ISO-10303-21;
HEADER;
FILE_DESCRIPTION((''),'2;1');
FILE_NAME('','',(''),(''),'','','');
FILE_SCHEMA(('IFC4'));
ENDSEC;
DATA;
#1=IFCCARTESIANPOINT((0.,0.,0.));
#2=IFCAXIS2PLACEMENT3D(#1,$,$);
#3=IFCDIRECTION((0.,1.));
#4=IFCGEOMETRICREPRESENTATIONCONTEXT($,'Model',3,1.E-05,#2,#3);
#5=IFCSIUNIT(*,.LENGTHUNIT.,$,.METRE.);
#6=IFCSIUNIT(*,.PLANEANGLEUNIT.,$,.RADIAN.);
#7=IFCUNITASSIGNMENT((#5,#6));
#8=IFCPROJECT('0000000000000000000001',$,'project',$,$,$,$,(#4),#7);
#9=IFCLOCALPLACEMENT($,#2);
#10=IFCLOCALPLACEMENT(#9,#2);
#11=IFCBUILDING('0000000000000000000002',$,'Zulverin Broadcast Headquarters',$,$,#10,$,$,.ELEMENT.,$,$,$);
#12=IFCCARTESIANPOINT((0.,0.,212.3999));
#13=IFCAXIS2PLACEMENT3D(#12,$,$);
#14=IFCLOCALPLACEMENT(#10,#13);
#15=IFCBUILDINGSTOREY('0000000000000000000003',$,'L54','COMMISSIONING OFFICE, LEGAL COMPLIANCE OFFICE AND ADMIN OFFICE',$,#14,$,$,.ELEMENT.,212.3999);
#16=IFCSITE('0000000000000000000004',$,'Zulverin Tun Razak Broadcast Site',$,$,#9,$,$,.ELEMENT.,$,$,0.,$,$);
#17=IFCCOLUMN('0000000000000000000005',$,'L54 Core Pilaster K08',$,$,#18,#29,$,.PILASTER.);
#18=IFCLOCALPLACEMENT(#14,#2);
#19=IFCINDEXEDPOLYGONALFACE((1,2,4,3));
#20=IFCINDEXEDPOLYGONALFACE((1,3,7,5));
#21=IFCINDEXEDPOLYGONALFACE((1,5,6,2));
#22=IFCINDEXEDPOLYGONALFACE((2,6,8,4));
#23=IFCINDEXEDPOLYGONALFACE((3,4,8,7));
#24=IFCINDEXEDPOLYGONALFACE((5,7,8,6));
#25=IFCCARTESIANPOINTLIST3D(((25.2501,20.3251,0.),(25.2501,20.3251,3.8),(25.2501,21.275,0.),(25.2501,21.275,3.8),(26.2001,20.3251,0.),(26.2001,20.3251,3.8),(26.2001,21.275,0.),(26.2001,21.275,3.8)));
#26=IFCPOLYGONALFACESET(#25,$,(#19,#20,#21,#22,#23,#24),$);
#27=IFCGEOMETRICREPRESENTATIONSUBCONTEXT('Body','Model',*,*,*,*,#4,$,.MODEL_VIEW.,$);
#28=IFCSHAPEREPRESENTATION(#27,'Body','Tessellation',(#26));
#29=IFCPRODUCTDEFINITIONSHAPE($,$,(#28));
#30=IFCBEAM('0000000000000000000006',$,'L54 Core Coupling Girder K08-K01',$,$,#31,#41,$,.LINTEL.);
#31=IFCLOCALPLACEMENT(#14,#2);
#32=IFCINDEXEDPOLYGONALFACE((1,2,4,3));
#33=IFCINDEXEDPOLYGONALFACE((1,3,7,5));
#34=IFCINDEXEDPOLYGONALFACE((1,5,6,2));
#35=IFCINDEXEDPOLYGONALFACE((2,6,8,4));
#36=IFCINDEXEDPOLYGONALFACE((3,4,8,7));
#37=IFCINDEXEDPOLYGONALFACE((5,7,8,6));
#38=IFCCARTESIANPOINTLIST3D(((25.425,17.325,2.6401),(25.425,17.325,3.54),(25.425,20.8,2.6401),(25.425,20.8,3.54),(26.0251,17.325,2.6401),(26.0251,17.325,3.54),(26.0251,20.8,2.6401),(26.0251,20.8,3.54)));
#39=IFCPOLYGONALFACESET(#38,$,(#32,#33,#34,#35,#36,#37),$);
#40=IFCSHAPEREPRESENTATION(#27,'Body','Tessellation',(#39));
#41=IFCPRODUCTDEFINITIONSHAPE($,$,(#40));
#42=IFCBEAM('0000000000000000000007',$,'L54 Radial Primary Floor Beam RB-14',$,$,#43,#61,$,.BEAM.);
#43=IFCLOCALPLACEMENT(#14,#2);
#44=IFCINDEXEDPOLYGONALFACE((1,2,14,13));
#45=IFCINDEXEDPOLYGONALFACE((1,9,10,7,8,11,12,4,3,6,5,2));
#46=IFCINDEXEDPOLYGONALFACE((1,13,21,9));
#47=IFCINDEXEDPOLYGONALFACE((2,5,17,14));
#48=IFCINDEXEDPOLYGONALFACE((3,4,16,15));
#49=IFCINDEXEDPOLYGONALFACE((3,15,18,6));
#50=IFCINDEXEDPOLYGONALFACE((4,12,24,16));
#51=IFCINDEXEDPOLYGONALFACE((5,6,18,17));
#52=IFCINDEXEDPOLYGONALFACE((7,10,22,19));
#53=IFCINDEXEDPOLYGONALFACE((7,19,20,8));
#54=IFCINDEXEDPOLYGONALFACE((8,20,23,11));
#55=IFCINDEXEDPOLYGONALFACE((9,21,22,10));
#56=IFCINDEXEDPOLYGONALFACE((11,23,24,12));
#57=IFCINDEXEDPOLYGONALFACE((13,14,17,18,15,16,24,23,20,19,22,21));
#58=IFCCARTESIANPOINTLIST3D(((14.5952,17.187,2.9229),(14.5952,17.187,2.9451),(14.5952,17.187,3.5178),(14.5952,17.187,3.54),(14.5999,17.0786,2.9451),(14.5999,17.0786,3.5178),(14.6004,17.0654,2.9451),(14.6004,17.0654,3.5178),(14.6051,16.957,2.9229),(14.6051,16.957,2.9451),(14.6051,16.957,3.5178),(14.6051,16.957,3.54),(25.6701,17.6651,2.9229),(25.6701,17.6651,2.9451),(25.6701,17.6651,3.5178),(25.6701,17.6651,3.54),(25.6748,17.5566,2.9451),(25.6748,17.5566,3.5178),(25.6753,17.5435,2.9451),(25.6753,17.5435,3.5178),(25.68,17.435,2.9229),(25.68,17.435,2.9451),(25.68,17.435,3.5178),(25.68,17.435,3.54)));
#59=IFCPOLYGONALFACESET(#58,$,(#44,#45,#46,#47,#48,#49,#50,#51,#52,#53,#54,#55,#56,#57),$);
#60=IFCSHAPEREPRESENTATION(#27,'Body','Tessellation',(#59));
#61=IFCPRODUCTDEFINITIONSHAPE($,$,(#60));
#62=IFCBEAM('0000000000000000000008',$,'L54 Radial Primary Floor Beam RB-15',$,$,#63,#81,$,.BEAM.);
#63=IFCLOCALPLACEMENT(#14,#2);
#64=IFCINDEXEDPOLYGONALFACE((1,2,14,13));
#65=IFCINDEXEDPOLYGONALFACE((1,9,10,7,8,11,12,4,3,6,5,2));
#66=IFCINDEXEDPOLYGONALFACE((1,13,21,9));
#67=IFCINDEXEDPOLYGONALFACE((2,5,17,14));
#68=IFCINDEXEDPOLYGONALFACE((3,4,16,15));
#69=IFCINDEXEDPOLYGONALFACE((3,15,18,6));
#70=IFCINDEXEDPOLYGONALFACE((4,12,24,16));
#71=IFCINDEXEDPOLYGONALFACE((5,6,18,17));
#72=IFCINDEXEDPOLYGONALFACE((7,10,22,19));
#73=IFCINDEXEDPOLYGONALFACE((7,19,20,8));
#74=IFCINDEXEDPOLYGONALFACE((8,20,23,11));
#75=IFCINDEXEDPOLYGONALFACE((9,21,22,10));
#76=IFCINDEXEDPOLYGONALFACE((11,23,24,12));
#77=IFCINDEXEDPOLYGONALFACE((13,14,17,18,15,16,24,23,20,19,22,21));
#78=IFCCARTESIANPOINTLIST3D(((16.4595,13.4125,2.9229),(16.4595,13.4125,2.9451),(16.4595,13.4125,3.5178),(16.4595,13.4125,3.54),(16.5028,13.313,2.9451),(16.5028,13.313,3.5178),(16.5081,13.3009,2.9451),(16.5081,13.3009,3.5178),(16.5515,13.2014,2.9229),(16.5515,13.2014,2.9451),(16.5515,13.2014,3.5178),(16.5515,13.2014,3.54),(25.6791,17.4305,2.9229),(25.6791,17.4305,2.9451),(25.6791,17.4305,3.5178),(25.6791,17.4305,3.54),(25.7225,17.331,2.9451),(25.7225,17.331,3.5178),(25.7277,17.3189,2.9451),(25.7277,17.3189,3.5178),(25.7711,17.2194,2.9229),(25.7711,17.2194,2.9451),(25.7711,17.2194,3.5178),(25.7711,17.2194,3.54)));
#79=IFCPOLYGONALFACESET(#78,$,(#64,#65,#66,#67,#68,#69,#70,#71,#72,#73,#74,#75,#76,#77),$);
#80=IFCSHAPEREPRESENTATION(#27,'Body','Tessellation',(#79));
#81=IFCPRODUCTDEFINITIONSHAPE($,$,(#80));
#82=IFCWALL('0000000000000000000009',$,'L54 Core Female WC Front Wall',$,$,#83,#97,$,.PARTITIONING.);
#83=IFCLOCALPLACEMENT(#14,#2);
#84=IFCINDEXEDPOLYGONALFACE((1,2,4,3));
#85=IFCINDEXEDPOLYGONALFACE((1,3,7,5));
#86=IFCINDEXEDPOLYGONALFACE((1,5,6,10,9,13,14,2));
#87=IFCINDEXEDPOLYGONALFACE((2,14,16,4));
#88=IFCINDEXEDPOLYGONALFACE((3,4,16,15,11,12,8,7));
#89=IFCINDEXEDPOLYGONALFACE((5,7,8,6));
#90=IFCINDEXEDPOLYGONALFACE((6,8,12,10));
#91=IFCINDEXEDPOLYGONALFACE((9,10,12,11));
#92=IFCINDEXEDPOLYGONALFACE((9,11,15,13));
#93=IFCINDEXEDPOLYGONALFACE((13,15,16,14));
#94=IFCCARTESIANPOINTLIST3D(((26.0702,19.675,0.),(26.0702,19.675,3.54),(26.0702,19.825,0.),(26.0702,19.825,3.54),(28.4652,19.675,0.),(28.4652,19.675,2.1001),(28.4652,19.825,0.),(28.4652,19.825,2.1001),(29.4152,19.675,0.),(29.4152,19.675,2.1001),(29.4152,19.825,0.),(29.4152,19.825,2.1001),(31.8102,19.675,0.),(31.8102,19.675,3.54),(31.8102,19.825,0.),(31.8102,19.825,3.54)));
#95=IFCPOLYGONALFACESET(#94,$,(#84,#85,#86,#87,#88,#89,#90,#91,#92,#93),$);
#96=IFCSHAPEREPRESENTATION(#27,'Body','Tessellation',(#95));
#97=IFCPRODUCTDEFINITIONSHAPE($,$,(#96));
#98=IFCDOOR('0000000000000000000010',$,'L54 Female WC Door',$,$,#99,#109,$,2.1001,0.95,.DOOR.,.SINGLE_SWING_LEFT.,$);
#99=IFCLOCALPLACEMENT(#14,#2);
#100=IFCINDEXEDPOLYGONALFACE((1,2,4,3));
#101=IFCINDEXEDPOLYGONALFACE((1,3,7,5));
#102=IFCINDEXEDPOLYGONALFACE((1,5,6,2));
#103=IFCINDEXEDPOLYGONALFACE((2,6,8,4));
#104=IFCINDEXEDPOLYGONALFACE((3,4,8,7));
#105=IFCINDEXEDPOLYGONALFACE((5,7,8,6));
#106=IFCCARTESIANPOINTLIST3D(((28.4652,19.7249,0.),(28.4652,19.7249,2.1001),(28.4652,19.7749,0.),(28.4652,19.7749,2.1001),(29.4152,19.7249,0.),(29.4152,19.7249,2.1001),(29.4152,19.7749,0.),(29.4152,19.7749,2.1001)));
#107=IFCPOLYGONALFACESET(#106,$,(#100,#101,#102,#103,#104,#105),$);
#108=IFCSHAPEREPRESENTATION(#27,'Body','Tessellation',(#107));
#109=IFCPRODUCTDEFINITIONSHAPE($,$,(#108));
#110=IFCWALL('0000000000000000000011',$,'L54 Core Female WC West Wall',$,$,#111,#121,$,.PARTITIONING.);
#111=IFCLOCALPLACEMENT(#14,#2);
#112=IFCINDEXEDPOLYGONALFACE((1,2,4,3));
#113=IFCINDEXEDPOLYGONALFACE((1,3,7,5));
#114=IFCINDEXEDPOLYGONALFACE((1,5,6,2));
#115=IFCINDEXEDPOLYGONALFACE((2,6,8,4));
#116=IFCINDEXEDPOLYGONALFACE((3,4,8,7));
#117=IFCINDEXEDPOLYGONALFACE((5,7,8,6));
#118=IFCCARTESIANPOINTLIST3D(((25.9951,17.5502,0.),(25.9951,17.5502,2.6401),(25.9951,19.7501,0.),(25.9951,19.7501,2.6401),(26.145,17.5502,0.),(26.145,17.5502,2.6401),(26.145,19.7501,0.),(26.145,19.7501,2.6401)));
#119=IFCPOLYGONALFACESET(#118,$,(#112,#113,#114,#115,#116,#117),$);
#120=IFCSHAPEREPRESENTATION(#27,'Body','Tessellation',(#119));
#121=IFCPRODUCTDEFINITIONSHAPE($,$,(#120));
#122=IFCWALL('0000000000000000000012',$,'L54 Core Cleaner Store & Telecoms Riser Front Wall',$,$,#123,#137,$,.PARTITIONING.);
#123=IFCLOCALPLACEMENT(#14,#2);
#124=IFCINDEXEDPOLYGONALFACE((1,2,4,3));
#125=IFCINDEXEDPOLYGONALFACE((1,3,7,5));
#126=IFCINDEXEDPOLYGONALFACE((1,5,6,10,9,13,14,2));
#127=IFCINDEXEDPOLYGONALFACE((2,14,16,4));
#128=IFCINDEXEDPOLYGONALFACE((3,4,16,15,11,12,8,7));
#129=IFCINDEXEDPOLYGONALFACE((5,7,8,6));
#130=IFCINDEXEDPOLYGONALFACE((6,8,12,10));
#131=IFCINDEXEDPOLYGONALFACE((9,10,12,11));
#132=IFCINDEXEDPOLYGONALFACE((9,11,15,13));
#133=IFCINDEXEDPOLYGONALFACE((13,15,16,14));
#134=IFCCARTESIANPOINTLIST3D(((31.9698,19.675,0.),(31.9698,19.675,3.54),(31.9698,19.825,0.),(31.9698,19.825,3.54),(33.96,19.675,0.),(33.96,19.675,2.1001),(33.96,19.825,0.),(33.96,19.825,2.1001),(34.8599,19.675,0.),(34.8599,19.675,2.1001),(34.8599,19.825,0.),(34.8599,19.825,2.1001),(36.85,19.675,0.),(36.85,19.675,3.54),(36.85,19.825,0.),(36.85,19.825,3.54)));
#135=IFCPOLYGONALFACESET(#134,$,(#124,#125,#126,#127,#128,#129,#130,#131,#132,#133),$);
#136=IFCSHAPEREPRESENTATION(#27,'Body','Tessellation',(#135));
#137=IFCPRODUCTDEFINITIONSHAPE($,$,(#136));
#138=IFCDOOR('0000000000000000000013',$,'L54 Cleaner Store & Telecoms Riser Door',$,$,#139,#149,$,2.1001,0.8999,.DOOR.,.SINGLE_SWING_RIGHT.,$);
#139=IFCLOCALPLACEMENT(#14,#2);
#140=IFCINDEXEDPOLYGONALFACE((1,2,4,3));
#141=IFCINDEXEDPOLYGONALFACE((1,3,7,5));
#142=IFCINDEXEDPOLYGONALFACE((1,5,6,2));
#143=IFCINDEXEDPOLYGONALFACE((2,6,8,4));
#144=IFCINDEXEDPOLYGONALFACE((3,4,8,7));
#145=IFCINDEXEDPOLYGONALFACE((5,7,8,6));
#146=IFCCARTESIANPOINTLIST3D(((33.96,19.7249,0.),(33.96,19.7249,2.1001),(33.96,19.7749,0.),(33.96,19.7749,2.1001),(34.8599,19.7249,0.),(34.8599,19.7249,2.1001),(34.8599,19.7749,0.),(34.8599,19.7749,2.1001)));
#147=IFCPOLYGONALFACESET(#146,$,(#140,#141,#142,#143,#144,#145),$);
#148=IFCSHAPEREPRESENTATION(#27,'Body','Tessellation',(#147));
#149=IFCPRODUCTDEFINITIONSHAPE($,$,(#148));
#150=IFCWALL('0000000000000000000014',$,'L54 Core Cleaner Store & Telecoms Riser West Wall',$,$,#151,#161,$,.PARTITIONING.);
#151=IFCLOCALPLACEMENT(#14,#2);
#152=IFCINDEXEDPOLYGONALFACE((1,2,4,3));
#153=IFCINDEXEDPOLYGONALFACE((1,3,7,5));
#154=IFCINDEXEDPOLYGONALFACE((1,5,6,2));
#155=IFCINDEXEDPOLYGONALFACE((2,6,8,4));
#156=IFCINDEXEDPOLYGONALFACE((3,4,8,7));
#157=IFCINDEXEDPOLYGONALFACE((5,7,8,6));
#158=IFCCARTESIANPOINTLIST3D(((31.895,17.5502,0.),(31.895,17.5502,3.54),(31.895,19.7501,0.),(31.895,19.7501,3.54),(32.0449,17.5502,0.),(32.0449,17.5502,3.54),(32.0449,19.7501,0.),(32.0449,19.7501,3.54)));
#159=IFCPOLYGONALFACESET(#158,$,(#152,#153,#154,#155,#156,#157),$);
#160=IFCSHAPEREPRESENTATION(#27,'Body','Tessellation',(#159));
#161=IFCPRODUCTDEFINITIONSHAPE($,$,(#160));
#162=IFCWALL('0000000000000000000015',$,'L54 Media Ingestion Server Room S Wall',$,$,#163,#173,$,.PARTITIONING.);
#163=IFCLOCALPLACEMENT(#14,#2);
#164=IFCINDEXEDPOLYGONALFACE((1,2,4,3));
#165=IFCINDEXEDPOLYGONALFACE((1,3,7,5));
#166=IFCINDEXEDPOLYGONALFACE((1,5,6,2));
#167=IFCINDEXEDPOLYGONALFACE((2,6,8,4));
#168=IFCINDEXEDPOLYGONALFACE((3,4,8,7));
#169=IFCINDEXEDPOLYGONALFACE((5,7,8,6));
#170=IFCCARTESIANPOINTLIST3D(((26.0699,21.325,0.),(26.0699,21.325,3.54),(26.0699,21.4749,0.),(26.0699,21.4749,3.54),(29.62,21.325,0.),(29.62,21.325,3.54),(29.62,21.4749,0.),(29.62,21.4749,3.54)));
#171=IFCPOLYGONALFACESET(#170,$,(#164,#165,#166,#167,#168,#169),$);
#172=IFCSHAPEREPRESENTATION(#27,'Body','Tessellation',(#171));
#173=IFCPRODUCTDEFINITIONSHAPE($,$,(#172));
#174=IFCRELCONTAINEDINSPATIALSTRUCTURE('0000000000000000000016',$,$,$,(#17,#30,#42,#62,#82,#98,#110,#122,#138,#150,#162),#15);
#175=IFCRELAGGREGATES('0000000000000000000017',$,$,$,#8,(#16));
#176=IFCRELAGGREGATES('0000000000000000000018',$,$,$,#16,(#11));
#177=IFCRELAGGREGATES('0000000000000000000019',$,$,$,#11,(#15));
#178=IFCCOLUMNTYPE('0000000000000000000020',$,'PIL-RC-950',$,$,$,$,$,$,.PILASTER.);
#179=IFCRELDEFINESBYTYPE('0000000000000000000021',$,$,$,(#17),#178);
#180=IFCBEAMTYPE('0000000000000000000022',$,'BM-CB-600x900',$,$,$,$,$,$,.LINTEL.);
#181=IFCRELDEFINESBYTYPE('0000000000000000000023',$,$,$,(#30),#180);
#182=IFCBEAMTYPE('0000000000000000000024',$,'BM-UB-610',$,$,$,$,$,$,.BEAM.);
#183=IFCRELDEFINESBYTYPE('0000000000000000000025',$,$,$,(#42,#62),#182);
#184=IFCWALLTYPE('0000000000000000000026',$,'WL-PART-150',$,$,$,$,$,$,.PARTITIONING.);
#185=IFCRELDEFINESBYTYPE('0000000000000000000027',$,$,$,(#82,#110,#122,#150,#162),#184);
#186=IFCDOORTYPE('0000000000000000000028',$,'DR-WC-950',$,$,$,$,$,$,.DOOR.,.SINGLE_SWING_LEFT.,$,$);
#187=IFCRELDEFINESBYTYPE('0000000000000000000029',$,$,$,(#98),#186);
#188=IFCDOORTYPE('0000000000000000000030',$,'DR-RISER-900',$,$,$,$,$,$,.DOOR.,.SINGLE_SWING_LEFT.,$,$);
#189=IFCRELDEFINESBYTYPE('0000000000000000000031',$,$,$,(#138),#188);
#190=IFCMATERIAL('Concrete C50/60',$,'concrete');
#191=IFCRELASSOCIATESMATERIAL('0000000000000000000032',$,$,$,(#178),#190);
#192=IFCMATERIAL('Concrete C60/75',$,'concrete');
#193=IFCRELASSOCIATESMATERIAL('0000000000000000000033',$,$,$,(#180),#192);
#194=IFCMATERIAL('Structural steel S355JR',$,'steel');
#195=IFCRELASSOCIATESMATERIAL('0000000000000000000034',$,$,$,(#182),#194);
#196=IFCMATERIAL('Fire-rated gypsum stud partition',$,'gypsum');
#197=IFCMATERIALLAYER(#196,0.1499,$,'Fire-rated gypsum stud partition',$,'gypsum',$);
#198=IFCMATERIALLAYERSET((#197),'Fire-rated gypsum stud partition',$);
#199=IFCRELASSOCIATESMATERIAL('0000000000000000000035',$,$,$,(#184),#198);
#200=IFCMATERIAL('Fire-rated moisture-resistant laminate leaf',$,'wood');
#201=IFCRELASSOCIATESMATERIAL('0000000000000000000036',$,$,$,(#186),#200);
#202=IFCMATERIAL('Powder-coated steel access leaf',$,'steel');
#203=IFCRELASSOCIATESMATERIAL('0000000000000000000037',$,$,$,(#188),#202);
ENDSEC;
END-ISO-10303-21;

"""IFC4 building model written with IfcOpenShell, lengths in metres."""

from ifc_helpers import new_model, si_unit, direction, frame, frame_2d, origin, origin_2d, place, context, subcontext, project, spatial, rectangle, i_section, extrude, material, layer, layer_set, material_profile, profile_set, type_object, element, fill, save


model = new_model("IFC4")

# Units and contexts
model_context = context("Model", 3, precision=1e-05, world=origin(), true_north=direction((0.0, 1.0)))
body_context = subcontext(model_context, "Body", "Model", "MODEL_VIEW")
ifc_project = project(units=[si_unit("LENGTHUNIT", "METRE"), si_unit("PLANEANGLEUNIT", "RADIAN")], contexts=[model_context])

# Site, building, storey
site_placement = place(None, origin())
site = spatial("IfcSite", under=ifc_project, at=site_placement, Name="Zulverin Tun Razak Broadcast Site", CompositionType="ELEMENT", RefElevation=0.0)
building_placement = place(site_placement, origin())
building = spatial("IfcBuilding", under=site, at=building_placement, Name="Zulverin Broadcast Headquarters", CompositionType="ELEMENT")
storey_placement = place(building_placement, frame((0.0, 0.0, 212.3999)))
storey = spatial("IfcBuildingStorey", under=building, at=storey_placement, Name="L54", Description="COMMISSIONING OFFICE, LEGAL COMPLIANCE OFFICE AND ADMIN OFFICE", CompositionType="ELEMENT", Elevation=212.3999)

# Column
ifc_material_1 = material(Name="Concrete C50/60", Category="concrete")
ifc_material_profile_1 = material_profile(ifc_material_1, rectangle(XDim=0.95, YDim=0.95, at=origin_2d()), Name="Concrete C50/60", Category="concrete")
ifc_profile_set_1 = profile_set([ifc_material_profile_1], Name="Concrete C50/60")
column_type = type_object("IfcColumnType", Name="PIL-RC-950", PredefinedType="PILASTER", material=ifc_profile_set_1)
column_placement = place(storey_placement, frame((25.7251, 20.8, 0.0), z_axis=(0.0, 0.0, 1.0), x_axis=(1.0, 0.0, 0.0)))
element("IfcColumn", 1, at=column_placement, inside=storey, type_object=column_type, Name="L54 Core Pilaster K08", PredefinedType="PILASTER", context=body_context, shape_type="SweptSolid", body=[
    extrude(rectangle(XDim=0.95, YDim=0.95, at=origin_2d()), origin(), (0.0, 0.0, 1.0), 3.8),
])

# Beams
ifc_material_2 = material(Name="Concrete C60/75", Category="concrete")
ifc_material_profile_2 = material_profile(ifc_material_2, rectangle(XDim=0.6001, YDim=0.8999, at=origin_2d()), Name="Concrete C60/75", Category="concrete")
ifc_profile_set_2 = profile_set([ifc_material_profile_2], Name="Concrete C60/75")
beam_type_1 = type_object("IfcBeamType", Name="BM-CB-600x900", PredefinedType="LINTEL", material=ifc_profile_set_2)
beam_1_placement = place(storey_placement, frame((25.7251, 20.8, 3.0901), z_axis=(0.0, -1.0, 0.0), x_axis=(1.0, 0.0, 0.0)))
element("IfcBeam", 2, at=beam_1_placement, inside=storey, type_object=beam_type_1, Name="L54 Core Coupling Girder K08-K01", PredefinedType="LINTEL", context=body_context, shape_type="SweptSolid", body=[
    extrude(rectangle(XDim=0.6001, YDim=0.8999, at=origin_2d()), origin(), (0.0, 0.0, 1.0), 3.4751),
])
ifc_material_3 = material(Name="Structural steel S355JR", Category="steel")
ifc_material_profile_3 = material_profile(ifc_material_3, i_section(OverallWidth=0.2302, OverallDepth=0.6172, WebThickness=0.0132, FlangeThickness=0.0222, at=origin_2d()), Name="Structural steel S355JR", Category="steel")
ifc_profile_set_3 = profile_set([ifc_material_profile_3], Name="Structural steel S355JR")
beam_type_2 = type_object("IfcBeamType", Name="BM-UB-610", PredefinedType="BEAM", material=ifc_profile_set_3)
beam_2_placement = place(storey_placement, frame((25.675, 17.55, 3.2314), z_axis=(-0.99907, -0.043123, 0.0), x_axis=(0.043123, -0.99907, 0.0)))
element("IfcBeam", 3, at=beam_2_placement, inside=storey, type_object=beam_type_2, Name="L54 Radial Primary Floor Beam RB-14", PredefinedType="BEAM", context=body_context, shape_type="SweptSolid", body=[
    extrude(i_section(OverallWidth=0.2302, OverallDepth=0.6172, WebThickness=0.0132, FlangeThickness=0.0222, at=origin_2d()), origin(), (0.0, 0.0, 1.0), 11.0852),
])
beam_3_placement = place(storey_placement, frame((25.7251, 17.325, 3.2314), z_axis=(-0.916725, -0.39952, 0.0), x_axis=(0.39952, -0.916725, 0.0)))
element("IfcBeam", 4, at=beam_3_placement, inside=storey, type_object=beam_type_2, Name="L54 Radial Primary Floor Beam RB-15", PredefinedType="BEAM", context=body_context, shape_type="SweptSolid", body=[
    extrude(i_section(OverallWidth=0.2302, OverallDepth=0.6172, WebThickness=0.0132, FlangeThickness=0.0222, at=origin_2d()), origin(), (0.0, 0.0, 1.0), 10.0571),
])

# Wall, opening, door
ifc_material_4 = material(Name="Fire-rated gypsum stud partition", Category="gypsum")
ifc_layer_1 = layer(ifc_material_4, 0.1499, Name="Fire-rated gypsum stud partition", Category="gypsum")
ifc_layer_set_1 = layer_set([ifc_layer_1], Name="Fire-rated gypsum stud partition")
wall_type_1 = type_object("IfcWallType", Name="WL-PART-150", PredefinedType="PARTITIONING", material=ifc_layer_set_1)
wall_1_placement = place(storey_placement, frame((26.0701, 19.75, 0.0), z_axis=(0.0, 0.0, 1.0), x_axis=(1.0, 0.0, 0.0)))
wall_1 = element("IfcWall", 5, at=wall_1_placement, inside=storey, type_object=wall_type_1, Name="L54 Core Female WC Front Wall", PredefinedType="PARTITIONING", context=body_context, shape_type="SweptSolid", body=[
    extrude(rectangle(XDim=5.74, YDim=0.1499, at=frame_2d((2.8701, 0.0))), origin(), (0.0, 0.0, 1.0), 3.54),
])
opening_1_placement = place(wall_1_placement, frame((2.395, 0.0, 0.0)))
opening_1 = element("IfcOpeningElement", 6, at=opening_1_placement, cuts=wall_1, PredefinedType="OPENING", context=body_context, shape_type="SweptSolid", body=[
    extrude(rectangle(XDim=0.95, YDim=2.1001, at=frame_2d((0.4751, 1.05))), frame((0.0, 0.085, 0.0), z_axis=(0.0, -1.0, 0.0), x_axis=(1.0, 0.0, 0.0)), (0.0, 0.0, 1.0), 0.1699),
])
ifc_material_5 = material(Name="Fire-rated moisture-resistant laminate leaf", Category="wood")
door_type_1 = type_object("IfcDoorType", Name="DR-WC-950", OperationType="SINGLE_SWING_LEFT", PredefinedType="DOOR", material=ifc_material_5)
door_1_placement = place(opening_1_placement, origin())
door_1 = element("IfcDoor", 7, at=door_1_placement, inside=storey, type_object=door_type_1, Name="L54 Female WC Door", OperationType="SINGLE_SWING_LEFT", OverallHeight=2.1001, OverallWidth=0.95, PredefinedType="DOOR", context=body_context, shape_type="SweptSolid", body=[
    extrude(rectangle(XDim=0.95, YDim=2.1001, at=frame_2d((0.4751, 1.05))), frame((0.0, 0.0249, 0.0), z_axis=(0.0, -1.0, 0.0), x_axis=(1.0, 0.0, 0.0)), (0.0, 0.0, 1.0), 0.05),
])
fill(opening_1, door_1)

# Wall
wall_2_placement = place(storey_placement, frame((26.0701, 17.55, 0.0), z_axis=(0.0, 0.0, 1.0), x_axis=(0.0, 1.0, 0.0)))
element("IfcWall", 8, at=wall_2_placement, inside=storey, type_object=wall_type_1, Name="L54 Core Female WC West Wall", PredefinedType="PARTITIONING", context=body_context, shape_type="SweptSolid", body=[
    extrude(rectangle(XDim=2.2, YDim=0.1499, at=frame_2d((1.1001, 0.0))), origin(), (0.0, 0.0, 1.0), 2.6401),
])

# Wall, opening, door
wall_3_placement = place(storey_placement, frame((31.97, 19.75, 0.0), z_axis=(0.0, 0.0, 1.0), x_axis=(1.0, 0.0, 0.0)))
wall_3 = element("IfcWall", 9, at=wall_3_placement, inside=storey, type_object=wall_type_1, Name="L54 Core Cleaner Store & Telecoms Riser Front Wall", PredefinedType="PARTITIONING", context=body_context, shape_type="SweptSolid", body=[
    extrude(rectangle(XDim=4.8801, YDim=0.1499, at=frame_2d((2.4399, 0.0))), origin(), (0.0, 0.0, 1.0), 3.54),
])
opening_2_placement = place(wall_3_placement, frame((1.99, 0.0, 0.0)))
opening_2 = element("IfcOpeningElement", 10, at=opening_2_placement, cuts=wall_3, PredefinedType="OPENING", context=body_context, shape_type="SweptSolid", body=[
    extrude(rectangle(XDim=0.8999, YDim=2.1001, at=frame_2d((0.45, 1.05))), frame((0.0, 0.085, 0.0), z_axis=(0.0, -1.0, 0.0), x_axis=(1.0, 0.0, 0.0)), (0.0, 0.0, 1.0), 0.1699),
])
ifc_material_6 = material(Name="Powder-coated steel access leaf", Category="steel")
door_type_2 = type_object("IfcDoorType", Name="DR-RISER-900", OperationType="SINGLE_SWING_LEFT", PredefinedType="DOOR", material=ifc_material_6)
door_2_placement = place(opening_2_placement, origin())
door_2 = element("IfcDoor", 11, at=door_2_placement, inside=storey, type_object=door_type_2, Name="L54 Cleaner Store & Telecoms Riser Door", OperationType="SINGLE_SWING_RIGHT", OverallHeight=2.1001, OverallWidth=0.8999, PredefinedType="DOOR", context=body_context, shape_type="SweptSolid", body=[
    extrude(rectangle(XDim=0.8999, YDim=2.1001, at=frame_2d((0.45, 1.05))), frame((0.0, 0.0249, 0.0), z_axis=(0.0, -1.0, 0.0), x_axis=(1.0, 0.0, 0.0)), (0.0, 0.0, 1.0), 0.05),
])
fill(opening_2, door_2)

# Walls
wall_4_placement = place(storey_placement, frame((31.97, 17.55, 0.0), z_axis=(0.0, 0.0, 1.0), x_axis=(0.0, 1.0, 0.0)))
element("IfcWall", 12, at=wall_4_placement, inside=storey, type_object=wall_type_1, Name="L54 Core Cleaner Store & Telecoms Riser West Wall", PredefinedType="PARTITIONING", context=body_context, shape_type="SweptSolid", body=[
    extrude(rectangle(XDim=2.2, YDim=0.1499, at=frame_2d((1.1001, 0.0))), origin(), (0.0, 0.0, 1.0), 3.54),
])
wall_5_placement = place(storey_placement, frame((26.0701, 21.3999, 0.0), z_axis=(0.0, 0.0, 1.0), x_axis=(1.0, 0.0, 0.0)))
element("IfcWall", 13, at=wall_5_placement, inside=storey, type_object=wall_type_1, Name="L54 Media Ingestion Server Room S Wall", PredefinedType="PARTITIONING", context=body_context, shape_type="SweptSolid", body=[
    extrude(rectangle(XDim=3.55, YDim=0.1499, at=frame_2d((1.7749, 0.0))), origin(), (0.0, 0.0, 1.0), 3.54),
])

save(model, "model.ifc")
